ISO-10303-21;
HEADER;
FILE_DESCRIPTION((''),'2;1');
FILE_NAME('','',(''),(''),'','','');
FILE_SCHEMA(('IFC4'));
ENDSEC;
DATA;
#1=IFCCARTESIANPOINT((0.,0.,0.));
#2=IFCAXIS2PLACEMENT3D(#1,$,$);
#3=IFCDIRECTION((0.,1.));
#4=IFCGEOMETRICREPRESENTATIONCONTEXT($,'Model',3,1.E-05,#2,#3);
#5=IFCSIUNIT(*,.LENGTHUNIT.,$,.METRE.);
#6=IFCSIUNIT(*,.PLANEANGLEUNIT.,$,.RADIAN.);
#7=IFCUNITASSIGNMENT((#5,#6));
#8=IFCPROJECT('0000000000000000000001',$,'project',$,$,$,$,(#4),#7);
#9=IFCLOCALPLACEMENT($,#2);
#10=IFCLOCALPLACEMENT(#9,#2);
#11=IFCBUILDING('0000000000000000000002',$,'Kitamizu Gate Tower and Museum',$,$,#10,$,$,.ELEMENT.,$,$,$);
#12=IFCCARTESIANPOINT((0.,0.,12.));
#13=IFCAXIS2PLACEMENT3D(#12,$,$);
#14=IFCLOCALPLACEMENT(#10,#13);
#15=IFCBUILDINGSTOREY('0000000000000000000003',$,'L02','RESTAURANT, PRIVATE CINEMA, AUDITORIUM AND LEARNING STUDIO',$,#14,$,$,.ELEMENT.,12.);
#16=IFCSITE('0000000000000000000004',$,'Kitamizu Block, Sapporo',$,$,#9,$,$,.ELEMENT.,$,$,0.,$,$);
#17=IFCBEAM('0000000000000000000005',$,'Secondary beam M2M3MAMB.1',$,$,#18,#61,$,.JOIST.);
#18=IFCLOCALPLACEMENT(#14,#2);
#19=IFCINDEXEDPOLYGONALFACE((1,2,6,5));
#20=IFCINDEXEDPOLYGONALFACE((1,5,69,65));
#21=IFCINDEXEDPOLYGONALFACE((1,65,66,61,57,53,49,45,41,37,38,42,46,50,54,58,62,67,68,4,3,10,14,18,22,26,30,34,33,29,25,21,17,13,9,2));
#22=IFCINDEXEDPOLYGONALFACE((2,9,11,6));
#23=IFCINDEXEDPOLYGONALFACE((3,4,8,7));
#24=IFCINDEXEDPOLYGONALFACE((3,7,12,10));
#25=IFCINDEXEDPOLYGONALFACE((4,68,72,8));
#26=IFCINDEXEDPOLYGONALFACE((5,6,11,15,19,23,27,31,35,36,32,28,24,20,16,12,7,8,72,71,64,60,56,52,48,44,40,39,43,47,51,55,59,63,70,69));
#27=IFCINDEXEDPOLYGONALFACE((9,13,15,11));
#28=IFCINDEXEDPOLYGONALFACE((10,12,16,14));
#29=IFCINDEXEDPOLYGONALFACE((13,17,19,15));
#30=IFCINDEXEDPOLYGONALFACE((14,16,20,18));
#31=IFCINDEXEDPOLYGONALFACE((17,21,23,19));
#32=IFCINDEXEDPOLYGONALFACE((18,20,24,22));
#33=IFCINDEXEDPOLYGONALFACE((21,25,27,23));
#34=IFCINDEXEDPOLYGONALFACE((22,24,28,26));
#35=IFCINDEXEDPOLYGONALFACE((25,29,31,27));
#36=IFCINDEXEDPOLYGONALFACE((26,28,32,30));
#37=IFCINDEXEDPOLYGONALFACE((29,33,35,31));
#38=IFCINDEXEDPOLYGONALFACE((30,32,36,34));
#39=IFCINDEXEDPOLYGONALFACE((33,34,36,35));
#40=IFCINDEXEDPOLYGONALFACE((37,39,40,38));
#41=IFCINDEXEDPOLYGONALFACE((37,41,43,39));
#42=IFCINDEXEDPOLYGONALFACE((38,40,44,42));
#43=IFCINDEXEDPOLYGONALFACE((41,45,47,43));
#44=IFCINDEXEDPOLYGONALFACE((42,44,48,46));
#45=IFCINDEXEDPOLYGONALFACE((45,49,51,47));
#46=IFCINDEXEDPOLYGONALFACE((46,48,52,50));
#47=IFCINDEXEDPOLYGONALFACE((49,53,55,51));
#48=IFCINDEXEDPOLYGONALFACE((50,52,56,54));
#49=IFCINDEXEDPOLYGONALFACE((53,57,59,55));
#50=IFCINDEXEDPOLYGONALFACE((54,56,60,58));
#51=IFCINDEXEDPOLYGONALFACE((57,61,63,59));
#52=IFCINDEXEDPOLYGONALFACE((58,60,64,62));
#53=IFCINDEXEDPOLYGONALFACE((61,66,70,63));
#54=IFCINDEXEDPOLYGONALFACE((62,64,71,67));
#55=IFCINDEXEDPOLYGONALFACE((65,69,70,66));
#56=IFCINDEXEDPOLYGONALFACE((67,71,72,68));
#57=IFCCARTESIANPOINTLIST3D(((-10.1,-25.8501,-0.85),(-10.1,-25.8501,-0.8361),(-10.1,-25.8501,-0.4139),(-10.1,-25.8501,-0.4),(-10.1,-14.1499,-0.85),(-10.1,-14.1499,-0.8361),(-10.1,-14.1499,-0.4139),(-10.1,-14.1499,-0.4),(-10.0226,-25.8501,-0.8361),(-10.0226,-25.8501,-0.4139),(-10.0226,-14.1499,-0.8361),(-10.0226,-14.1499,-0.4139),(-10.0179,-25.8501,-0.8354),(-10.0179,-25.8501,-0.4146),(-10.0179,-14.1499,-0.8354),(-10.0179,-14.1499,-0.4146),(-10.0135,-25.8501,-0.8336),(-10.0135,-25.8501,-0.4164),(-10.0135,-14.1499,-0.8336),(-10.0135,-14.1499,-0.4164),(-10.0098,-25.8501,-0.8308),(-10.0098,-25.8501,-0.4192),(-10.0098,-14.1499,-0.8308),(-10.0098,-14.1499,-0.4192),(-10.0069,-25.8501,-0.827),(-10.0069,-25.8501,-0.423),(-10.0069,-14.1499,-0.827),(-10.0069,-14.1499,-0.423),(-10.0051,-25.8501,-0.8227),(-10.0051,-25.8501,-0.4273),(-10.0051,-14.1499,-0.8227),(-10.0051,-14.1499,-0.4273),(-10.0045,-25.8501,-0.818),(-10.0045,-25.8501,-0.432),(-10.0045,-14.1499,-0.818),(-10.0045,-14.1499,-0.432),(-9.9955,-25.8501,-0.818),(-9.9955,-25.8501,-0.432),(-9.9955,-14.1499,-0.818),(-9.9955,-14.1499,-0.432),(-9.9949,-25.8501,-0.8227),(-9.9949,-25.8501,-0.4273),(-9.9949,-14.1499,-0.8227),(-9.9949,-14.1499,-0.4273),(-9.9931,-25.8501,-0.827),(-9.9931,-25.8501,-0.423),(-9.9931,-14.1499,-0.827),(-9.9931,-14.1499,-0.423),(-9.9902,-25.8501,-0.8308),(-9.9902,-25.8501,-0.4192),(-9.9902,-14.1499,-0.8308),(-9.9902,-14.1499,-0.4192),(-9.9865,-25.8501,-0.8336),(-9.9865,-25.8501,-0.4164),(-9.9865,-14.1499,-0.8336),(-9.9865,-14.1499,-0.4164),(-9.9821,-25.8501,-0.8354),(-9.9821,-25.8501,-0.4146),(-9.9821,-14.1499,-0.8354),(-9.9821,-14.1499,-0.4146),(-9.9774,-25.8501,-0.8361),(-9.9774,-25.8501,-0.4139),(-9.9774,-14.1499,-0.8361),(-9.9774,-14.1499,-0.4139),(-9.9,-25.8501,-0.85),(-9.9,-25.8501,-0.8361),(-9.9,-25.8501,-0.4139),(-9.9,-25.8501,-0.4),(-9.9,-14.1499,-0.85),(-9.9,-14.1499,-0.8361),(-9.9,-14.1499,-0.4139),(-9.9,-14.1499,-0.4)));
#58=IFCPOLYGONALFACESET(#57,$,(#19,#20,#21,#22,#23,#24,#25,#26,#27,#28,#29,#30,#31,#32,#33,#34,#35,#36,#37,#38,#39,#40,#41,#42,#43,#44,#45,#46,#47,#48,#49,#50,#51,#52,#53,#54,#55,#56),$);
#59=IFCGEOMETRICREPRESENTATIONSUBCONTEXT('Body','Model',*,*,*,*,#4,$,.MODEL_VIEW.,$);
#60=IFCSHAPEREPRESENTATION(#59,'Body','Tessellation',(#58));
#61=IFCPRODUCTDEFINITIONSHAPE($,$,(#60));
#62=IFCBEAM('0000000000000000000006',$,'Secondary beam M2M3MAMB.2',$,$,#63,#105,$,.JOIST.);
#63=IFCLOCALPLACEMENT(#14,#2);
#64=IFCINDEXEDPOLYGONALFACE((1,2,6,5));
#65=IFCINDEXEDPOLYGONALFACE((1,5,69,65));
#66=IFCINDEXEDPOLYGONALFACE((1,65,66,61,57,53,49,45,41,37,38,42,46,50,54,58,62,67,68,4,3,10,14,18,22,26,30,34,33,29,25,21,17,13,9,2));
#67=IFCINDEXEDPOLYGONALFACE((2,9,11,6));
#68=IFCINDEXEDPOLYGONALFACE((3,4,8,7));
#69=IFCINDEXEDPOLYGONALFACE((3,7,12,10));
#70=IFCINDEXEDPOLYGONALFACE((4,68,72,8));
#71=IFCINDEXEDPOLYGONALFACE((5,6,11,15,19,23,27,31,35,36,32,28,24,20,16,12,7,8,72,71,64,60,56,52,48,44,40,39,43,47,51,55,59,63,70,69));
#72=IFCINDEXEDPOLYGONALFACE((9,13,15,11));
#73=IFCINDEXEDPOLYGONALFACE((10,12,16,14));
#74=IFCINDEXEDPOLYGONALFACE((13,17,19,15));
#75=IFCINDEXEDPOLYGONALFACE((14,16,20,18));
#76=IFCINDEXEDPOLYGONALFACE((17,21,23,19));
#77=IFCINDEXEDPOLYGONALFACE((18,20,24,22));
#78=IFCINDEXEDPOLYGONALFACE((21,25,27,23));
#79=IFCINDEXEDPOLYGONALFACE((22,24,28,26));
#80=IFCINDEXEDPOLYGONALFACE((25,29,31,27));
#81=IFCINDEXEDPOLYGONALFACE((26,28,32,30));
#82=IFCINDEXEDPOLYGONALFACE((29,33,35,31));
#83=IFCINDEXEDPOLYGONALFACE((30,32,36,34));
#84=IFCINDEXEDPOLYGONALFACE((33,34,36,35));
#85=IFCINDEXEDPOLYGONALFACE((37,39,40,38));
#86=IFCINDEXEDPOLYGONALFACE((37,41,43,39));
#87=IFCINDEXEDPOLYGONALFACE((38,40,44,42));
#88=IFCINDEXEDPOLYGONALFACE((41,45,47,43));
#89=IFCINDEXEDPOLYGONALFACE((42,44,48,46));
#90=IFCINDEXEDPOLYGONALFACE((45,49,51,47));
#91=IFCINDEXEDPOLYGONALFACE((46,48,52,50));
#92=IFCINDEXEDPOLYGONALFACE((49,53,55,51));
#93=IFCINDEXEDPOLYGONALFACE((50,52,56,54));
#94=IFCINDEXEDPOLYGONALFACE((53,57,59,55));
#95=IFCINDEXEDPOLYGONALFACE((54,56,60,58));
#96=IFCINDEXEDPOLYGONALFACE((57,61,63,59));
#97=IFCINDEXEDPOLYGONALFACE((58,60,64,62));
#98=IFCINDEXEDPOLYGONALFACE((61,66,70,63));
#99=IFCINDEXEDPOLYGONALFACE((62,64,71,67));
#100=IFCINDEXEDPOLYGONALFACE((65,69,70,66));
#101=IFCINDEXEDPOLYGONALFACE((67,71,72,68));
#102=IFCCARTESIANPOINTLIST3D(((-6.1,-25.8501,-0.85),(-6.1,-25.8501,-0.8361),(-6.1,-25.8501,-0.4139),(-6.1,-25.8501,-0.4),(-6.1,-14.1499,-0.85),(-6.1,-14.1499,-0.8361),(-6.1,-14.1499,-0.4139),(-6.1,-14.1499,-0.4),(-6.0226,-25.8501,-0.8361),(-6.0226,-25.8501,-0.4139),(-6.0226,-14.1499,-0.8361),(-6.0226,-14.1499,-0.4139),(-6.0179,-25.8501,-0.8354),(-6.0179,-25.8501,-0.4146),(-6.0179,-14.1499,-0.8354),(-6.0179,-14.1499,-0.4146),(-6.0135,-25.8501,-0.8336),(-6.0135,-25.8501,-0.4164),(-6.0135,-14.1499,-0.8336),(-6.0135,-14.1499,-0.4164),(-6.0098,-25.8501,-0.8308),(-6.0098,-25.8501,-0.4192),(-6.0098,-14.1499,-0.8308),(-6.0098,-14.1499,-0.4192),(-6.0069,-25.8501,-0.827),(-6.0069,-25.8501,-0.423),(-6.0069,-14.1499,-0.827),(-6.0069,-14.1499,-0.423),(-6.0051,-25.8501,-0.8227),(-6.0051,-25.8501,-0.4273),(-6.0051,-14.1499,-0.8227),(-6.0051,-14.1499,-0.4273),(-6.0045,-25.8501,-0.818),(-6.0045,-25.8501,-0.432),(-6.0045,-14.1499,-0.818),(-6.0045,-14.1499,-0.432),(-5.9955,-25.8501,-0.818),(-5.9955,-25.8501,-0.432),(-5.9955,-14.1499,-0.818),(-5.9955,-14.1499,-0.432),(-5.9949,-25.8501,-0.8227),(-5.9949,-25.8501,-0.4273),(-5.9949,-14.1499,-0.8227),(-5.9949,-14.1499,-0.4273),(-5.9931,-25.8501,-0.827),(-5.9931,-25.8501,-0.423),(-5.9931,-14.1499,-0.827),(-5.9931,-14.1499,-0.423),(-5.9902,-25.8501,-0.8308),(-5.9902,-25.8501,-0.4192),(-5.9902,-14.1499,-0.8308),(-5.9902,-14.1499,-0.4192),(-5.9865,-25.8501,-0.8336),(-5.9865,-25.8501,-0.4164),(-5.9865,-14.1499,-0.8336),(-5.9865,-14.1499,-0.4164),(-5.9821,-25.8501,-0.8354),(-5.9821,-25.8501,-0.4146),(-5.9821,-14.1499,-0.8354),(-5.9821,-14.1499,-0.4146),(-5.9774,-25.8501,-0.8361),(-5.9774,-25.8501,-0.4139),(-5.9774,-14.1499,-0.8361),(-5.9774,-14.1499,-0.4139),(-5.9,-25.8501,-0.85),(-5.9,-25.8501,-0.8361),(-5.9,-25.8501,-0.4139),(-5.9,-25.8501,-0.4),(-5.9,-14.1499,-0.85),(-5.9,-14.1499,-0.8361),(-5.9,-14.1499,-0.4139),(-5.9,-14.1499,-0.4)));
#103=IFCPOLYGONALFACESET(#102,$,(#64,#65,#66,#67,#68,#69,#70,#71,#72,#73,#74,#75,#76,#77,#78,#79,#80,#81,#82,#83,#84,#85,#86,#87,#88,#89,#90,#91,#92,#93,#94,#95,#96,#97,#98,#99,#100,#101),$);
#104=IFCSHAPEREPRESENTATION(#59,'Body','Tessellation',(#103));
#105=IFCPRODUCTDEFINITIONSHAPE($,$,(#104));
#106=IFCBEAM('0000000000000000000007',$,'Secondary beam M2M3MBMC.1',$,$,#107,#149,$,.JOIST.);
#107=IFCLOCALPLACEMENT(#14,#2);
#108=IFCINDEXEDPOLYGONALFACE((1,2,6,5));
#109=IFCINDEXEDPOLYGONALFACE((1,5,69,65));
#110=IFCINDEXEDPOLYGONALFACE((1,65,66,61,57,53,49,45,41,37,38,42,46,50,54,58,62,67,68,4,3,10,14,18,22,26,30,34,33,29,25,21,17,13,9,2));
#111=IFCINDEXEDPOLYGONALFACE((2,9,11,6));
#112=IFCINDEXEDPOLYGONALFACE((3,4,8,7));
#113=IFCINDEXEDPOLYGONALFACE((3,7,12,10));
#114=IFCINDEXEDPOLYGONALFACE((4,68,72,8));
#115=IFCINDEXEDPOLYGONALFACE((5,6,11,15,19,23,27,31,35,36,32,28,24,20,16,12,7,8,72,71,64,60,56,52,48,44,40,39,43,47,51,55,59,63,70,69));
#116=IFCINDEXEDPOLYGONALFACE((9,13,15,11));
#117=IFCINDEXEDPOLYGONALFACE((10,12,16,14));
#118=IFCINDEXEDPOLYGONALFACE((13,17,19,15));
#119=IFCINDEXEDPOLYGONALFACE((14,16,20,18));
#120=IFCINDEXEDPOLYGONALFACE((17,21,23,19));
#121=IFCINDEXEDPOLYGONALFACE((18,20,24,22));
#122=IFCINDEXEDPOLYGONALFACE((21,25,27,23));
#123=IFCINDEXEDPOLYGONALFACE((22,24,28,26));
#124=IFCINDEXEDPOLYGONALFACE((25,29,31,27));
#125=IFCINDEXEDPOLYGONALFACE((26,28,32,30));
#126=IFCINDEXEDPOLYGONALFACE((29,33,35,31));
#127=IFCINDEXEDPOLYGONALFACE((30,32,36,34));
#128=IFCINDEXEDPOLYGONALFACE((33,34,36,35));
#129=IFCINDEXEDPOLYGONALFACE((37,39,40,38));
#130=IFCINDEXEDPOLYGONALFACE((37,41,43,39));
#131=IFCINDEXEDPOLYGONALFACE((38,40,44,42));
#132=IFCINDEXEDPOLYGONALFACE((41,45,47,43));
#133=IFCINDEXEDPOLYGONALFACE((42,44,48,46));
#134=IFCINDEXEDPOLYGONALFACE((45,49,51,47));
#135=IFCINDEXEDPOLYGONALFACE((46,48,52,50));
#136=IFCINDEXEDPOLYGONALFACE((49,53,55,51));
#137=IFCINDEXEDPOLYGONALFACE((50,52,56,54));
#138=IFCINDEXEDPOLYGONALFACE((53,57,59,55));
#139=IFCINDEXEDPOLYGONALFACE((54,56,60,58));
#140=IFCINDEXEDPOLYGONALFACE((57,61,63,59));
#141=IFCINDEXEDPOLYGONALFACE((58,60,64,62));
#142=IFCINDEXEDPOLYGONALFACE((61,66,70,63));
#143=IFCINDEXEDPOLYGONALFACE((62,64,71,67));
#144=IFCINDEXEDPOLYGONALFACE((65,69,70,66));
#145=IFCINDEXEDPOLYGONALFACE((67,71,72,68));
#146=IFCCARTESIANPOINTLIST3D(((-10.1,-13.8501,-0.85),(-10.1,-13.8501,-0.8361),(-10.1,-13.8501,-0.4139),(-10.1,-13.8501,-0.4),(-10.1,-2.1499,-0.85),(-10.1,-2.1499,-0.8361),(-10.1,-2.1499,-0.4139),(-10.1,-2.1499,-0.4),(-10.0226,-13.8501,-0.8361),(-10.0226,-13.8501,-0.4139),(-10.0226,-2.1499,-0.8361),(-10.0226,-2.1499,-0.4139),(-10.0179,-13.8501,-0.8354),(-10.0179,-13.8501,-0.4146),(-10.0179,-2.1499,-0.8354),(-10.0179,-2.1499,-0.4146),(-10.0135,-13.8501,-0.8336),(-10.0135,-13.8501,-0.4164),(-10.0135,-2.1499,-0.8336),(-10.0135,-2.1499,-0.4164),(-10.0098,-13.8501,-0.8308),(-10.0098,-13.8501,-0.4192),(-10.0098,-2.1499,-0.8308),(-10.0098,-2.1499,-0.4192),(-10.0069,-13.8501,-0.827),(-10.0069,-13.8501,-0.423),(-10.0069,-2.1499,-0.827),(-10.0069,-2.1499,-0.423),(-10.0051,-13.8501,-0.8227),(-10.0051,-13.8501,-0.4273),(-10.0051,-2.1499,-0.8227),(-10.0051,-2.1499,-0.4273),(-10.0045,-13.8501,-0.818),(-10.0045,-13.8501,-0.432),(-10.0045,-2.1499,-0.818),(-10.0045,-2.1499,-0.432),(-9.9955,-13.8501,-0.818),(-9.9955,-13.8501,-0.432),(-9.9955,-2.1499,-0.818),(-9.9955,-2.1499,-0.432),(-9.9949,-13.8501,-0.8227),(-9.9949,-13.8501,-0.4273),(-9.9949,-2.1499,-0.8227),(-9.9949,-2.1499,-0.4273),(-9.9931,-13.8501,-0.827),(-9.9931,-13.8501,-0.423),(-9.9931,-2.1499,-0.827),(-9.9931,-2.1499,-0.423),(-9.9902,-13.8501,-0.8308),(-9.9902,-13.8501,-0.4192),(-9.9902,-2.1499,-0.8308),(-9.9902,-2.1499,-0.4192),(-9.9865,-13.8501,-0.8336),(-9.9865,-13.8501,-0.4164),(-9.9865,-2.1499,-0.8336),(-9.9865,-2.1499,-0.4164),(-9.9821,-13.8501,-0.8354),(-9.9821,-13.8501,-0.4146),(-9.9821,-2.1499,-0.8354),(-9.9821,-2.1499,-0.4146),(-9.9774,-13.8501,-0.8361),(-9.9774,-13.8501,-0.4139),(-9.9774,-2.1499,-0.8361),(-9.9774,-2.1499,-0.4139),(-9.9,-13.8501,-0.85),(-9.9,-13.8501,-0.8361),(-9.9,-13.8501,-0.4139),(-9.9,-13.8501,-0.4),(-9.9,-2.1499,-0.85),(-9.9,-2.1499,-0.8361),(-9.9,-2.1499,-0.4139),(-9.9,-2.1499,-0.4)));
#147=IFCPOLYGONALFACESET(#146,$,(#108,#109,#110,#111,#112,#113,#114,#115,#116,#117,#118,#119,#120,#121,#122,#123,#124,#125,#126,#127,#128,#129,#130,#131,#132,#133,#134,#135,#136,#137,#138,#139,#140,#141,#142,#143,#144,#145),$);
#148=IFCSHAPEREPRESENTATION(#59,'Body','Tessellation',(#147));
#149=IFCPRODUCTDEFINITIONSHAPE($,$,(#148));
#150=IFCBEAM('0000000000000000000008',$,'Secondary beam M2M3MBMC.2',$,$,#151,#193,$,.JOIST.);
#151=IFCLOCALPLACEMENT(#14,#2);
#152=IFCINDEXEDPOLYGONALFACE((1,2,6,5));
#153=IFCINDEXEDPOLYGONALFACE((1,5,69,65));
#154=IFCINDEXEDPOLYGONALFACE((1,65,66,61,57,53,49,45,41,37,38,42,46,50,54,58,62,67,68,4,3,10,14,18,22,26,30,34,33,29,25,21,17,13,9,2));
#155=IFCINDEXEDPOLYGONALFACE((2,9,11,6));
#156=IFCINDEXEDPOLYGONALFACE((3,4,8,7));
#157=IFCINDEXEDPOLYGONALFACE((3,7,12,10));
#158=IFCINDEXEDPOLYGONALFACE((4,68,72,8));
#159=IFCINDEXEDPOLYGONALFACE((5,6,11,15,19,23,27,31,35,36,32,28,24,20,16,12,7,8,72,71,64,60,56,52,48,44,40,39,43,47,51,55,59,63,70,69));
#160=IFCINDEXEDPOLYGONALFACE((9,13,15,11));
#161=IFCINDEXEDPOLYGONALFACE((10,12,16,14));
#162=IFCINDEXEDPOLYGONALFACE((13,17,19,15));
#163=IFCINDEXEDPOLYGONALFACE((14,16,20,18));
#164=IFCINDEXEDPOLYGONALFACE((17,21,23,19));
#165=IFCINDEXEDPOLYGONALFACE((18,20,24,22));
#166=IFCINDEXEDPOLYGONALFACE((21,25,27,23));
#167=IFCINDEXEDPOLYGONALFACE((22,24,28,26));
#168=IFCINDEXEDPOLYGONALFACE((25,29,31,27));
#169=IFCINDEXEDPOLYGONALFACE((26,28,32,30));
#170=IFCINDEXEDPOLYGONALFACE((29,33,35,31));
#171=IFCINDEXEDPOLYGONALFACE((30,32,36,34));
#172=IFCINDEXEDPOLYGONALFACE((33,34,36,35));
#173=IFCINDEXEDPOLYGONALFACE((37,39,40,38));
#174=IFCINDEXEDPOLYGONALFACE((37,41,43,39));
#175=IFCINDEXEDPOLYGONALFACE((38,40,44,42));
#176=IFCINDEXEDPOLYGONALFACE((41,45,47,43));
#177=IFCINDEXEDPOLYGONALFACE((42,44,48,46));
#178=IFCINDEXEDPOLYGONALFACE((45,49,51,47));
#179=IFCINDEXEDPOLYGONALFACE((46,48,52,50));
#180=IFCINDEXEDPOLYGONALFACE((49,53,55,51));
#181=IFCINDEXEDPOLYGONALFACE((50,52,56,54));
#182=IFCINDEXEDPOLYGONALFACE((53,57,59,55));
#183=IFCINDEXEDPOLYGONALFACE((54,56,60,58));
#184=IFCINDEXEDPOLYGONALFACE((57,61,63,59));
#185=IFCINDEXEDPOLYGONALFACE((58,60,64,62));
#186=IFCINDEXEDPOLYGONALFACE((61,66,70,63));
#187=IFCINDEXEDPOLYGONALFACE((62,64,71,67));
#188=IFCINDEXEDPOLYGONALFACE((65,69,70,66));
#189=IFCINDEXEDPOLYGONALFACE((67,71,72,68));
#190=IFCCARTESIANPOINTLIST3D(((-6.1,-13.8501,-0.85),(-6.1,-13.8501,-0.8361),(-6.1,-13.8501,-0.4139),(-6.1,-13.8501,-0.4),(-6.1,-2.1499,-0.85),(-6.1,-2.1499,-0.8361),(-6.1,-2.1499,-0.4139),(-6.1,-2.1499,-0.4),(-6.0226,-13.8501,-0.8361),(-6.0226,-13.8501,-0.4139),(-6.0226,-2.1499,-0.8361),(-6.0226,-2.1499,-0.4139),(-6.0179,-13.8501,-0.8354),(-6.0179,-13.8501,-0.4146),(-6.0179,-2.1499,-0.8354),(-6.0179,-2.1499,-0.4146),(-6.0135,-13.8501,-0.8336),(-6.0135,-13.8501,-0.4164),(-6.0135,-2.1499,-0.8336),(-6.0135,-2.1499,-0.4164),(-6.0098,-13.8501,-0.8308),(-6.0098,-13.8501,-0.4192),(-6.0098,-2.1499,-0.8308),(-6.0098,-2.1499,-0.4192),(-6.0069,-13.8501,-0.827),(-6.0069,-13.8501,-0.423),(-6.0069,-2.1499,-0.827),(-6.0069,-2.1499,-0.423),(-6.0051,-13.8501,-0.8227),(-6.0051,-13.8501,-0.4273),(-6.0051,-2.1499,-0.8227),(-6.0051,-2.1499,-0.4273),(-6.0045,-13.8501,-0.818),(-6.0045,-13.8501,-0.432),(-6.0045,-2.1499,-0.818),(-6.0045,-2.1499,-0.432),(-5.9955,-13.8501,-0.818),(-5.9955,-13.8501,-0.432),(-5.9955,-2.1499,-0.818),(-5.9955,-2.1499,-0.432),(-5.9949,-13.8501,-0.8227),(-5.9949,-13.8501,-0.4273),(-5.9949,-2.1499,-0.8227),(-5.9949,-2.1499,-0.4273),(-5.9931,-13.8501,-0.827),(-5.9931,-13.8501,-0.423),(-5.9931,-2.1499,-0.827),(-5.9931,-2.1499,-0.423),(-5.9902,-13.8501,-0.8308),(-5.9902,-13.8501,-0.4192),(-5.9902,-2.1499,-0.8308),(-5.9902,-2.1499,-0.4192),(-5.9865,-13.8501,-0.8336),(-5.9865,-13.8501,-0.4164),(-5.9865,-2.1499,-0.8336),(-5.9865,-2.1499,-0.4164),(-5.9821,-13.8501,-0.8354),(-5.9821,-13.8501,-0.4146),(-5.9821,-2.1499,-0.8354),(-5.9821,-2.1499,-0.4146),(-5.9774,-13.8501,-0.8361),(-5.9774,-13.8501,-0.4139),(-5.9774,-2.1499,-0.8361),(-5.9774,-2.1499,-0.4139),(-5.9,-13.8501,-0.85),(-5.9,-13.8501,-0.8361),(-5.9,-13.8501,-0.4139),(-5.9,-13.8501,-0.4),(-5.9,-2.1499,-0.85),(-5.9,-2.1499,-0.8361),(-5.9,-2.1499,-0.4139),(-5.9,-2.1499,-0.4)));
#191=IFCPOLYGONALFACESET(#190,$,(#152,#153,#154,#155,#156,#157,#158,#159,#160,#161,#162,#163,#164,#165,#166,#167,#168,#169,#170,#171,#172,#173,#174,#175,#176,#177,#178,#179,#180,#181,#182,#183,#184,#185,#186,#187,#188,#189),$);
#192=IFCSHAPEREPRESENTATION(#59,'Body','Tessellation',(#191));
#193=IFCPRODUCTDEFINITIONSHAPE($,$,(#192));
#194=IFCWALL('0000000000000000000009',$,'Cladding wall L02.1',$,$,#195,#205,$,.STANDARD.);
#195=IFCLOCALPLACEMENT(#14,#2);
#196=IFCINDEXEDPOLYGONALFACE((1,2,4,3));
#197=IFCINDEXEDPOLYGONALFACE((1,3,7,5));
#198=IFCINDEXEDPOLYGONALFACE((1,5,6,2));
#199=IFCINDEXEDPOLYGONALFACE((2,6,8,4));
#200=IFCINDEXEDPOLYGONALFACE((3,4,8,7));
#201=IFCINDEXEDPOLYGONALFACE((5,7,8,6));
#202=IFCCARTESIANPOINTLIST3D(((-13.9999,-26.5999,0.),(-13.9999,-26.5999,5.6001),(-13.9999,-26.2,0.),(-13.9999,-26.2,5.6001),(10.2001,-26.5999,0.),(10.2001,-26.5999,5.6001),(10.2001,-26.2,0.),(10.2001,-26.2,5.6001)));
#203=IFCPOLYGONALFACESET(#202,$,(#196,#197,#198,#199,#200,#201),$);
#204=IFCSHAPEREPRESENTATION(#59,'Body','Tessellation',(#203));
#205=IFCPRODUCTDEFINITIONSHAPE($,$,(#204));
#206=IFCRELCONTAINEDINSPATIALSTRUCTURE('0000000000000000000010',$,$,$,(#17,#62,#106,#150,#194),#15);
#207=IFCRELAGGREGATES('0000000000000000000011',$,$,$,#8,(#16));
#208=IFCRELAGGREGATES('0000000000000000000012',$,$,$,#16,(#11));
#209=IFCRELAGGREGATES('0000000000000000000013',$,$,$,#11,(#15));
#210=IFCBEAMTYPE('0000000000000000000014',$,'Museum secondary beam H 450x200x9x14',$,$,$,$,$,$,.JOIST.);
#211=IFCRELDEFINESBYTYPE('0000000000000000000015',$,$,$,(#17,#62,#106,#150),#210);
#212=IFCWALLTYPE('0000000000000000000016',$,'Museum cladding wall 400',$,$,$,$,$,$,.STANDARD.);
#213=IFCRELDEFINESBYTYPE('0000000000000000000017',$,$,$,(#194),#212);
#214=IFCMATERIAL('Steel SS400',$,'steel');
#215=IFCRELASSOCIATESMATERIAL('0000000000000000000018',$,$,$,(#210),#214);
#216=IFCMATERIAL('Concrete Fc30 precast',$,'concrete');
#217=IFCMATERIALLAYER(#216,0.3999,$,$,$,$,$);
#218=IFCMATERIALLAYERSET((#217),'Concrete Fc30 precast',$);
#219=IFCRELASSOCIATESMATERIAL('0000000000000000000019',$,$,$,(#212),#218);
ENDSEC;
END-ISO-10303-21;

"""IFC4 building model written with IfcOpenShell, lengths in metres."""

from ifc_helpers import new_model, si_unit, direction, frame, frame_2d, origin, origin_2d, place, context, subcontext, project, spatial, rectangle, i_section, extrude, material, layer, layer_set, material_profile, profile_set, type_object, element, save


model = new_model("IFC4")

# Units and contexts
model_context = context("Model", 3, precision=1e-05, world=origin(), true_north=direction((0.0, 1.0)))
body_context = subcontext(model_context, "Body", "Model", "MODEL_VIEW")
ifc_project = project(units=[si_unit("LENGTHUNIT", "METRE"), si_unit("PLANEANGLEUNIT", "RADIAN")], contexts=[model_context])

# Site, building, storey
site_placement = place(None, origin())
site = spatial("IfcSite", under=ifc_project, at=site_placement, Name="Kitamizu Block, Sapporo", CompositionType="ELEMENT", RefElevation=0.0)
building_placement = place(site_placement, origin())
building = spatial("IfcBuilding", under=site, at=building_placement, Name="Kitamizu Gate Tower and Museum", CompositionType="ELEMENT")
storey_placement = place(building_placement, frame((0.0, 0.0, 12.0)))
storey = spatial("IfcBuildingStorey", under=building, at=storey_placement, Name="L02", Description="RESTAURANT, PRIVATE CINEMA, AUDITORIUM AND LEARNING STUDIO", CompositionType="ELEMENT", Elevation=12.0)

# Beams
ifc_material_1 = material(Name="Steel SS400", Category="steel")
ifc_material_profile_1 = material_profile(ifc_material_1, i_section(OverallWidth=0.2, OverallDepth=0.45, WebThickness=0.009, FlangeThickness=0.0139, FilletRadius=0.0181, at=origin_2d()), Name="H-450x200x9x14")
ifc_profile_set_1 = profile_set([ifc_material_profile_1], Name="Steel SS400")
beam_type_1 = type_object("IfcBeamType", Name="Museum secondary beam H 450x200x9x14", PredefinedType="JOIST", material=ifc_profile_set_1)
for number, where, z_axis, x_axis, name in (
    (1, (-10.0, -25.8501, -0.625), (0.0, 1.0, 0.0), (-1.0, 0.0, 0.0), "Secondary beam M2M3MAMB.1"),
    (2, (-6.0, -25.8501, -0.625), (0.0, 1.0, 0.0), (-1.0, 0.0, 0.0), "Secondary beam M2M3MAMB.2"),
    (3, (-10.0, -13.8501, -0.625), (0.0, 1.0, 0.0), (-1.0, 0.0, 0.0), "Secondary beam M2M3MBMC.1"),
    (4, (-6.0, -13.8501, -0.625), (0.0, 1.0, 0.0), (-1.0, 0.0, 0.0), "Secondary beam M2M3MBMC.2"),
):
    element("IfcBeam", number, at=place(storey_placement, frame(where, z_axis=z_axis, x_axis=x_axis)), inside=storey, type_object=beam_type_1, Name=name, PredefinedType="JOIST", context=body_context, shape_type="SweptSolid", body=[
        extrude(i_section(OverallWidth=0.2, OverallDepth=0.45, WebThickness=0.009, FlangeThickness=0.0139, FilletRadius=0.0181, at=origin_2d()), origin(), (0.0, 0.0, 1.0), 11.7002),
    ])

# Wall
ifc_material_2 = material(Name="Concrete Fc30 precast", Category="concrete")
ifc_layer_1 = layer(ifc_material_2, 0.3999)
ifc_layer_set_1 = layer_set([ifc_layer_1], Name="Concrete Fc30 precast")
wall_type_1 = type_object("IfcWallType", Name="Museum cladding wall 400", PredefinedType="STANDARD", material=ifc_layer_set_1)
wall_1_placement = place(storey_placement, frame((-14.0, -26.3999, 0.0), z_axis=(0.0, 0.0, 1.0), x_axis=(1.0, 0.0, 0.0)))
element("IfcWall", 5, at=wall_1_placement, inside=storey, type_object=wall_type_1, Name="Cladding wall L02.1", PredefinedType="STANDARD", context=body_context, shape_type="SweptSolid", body=[
    extrude(rectangle(XDim=24.2, YDim=0.3999, at=frame_2d((12.1001, 0.0))), origin(), (0.0, 0.0, 1.0), 5.6001),
])

save(model, "model.ifc")
